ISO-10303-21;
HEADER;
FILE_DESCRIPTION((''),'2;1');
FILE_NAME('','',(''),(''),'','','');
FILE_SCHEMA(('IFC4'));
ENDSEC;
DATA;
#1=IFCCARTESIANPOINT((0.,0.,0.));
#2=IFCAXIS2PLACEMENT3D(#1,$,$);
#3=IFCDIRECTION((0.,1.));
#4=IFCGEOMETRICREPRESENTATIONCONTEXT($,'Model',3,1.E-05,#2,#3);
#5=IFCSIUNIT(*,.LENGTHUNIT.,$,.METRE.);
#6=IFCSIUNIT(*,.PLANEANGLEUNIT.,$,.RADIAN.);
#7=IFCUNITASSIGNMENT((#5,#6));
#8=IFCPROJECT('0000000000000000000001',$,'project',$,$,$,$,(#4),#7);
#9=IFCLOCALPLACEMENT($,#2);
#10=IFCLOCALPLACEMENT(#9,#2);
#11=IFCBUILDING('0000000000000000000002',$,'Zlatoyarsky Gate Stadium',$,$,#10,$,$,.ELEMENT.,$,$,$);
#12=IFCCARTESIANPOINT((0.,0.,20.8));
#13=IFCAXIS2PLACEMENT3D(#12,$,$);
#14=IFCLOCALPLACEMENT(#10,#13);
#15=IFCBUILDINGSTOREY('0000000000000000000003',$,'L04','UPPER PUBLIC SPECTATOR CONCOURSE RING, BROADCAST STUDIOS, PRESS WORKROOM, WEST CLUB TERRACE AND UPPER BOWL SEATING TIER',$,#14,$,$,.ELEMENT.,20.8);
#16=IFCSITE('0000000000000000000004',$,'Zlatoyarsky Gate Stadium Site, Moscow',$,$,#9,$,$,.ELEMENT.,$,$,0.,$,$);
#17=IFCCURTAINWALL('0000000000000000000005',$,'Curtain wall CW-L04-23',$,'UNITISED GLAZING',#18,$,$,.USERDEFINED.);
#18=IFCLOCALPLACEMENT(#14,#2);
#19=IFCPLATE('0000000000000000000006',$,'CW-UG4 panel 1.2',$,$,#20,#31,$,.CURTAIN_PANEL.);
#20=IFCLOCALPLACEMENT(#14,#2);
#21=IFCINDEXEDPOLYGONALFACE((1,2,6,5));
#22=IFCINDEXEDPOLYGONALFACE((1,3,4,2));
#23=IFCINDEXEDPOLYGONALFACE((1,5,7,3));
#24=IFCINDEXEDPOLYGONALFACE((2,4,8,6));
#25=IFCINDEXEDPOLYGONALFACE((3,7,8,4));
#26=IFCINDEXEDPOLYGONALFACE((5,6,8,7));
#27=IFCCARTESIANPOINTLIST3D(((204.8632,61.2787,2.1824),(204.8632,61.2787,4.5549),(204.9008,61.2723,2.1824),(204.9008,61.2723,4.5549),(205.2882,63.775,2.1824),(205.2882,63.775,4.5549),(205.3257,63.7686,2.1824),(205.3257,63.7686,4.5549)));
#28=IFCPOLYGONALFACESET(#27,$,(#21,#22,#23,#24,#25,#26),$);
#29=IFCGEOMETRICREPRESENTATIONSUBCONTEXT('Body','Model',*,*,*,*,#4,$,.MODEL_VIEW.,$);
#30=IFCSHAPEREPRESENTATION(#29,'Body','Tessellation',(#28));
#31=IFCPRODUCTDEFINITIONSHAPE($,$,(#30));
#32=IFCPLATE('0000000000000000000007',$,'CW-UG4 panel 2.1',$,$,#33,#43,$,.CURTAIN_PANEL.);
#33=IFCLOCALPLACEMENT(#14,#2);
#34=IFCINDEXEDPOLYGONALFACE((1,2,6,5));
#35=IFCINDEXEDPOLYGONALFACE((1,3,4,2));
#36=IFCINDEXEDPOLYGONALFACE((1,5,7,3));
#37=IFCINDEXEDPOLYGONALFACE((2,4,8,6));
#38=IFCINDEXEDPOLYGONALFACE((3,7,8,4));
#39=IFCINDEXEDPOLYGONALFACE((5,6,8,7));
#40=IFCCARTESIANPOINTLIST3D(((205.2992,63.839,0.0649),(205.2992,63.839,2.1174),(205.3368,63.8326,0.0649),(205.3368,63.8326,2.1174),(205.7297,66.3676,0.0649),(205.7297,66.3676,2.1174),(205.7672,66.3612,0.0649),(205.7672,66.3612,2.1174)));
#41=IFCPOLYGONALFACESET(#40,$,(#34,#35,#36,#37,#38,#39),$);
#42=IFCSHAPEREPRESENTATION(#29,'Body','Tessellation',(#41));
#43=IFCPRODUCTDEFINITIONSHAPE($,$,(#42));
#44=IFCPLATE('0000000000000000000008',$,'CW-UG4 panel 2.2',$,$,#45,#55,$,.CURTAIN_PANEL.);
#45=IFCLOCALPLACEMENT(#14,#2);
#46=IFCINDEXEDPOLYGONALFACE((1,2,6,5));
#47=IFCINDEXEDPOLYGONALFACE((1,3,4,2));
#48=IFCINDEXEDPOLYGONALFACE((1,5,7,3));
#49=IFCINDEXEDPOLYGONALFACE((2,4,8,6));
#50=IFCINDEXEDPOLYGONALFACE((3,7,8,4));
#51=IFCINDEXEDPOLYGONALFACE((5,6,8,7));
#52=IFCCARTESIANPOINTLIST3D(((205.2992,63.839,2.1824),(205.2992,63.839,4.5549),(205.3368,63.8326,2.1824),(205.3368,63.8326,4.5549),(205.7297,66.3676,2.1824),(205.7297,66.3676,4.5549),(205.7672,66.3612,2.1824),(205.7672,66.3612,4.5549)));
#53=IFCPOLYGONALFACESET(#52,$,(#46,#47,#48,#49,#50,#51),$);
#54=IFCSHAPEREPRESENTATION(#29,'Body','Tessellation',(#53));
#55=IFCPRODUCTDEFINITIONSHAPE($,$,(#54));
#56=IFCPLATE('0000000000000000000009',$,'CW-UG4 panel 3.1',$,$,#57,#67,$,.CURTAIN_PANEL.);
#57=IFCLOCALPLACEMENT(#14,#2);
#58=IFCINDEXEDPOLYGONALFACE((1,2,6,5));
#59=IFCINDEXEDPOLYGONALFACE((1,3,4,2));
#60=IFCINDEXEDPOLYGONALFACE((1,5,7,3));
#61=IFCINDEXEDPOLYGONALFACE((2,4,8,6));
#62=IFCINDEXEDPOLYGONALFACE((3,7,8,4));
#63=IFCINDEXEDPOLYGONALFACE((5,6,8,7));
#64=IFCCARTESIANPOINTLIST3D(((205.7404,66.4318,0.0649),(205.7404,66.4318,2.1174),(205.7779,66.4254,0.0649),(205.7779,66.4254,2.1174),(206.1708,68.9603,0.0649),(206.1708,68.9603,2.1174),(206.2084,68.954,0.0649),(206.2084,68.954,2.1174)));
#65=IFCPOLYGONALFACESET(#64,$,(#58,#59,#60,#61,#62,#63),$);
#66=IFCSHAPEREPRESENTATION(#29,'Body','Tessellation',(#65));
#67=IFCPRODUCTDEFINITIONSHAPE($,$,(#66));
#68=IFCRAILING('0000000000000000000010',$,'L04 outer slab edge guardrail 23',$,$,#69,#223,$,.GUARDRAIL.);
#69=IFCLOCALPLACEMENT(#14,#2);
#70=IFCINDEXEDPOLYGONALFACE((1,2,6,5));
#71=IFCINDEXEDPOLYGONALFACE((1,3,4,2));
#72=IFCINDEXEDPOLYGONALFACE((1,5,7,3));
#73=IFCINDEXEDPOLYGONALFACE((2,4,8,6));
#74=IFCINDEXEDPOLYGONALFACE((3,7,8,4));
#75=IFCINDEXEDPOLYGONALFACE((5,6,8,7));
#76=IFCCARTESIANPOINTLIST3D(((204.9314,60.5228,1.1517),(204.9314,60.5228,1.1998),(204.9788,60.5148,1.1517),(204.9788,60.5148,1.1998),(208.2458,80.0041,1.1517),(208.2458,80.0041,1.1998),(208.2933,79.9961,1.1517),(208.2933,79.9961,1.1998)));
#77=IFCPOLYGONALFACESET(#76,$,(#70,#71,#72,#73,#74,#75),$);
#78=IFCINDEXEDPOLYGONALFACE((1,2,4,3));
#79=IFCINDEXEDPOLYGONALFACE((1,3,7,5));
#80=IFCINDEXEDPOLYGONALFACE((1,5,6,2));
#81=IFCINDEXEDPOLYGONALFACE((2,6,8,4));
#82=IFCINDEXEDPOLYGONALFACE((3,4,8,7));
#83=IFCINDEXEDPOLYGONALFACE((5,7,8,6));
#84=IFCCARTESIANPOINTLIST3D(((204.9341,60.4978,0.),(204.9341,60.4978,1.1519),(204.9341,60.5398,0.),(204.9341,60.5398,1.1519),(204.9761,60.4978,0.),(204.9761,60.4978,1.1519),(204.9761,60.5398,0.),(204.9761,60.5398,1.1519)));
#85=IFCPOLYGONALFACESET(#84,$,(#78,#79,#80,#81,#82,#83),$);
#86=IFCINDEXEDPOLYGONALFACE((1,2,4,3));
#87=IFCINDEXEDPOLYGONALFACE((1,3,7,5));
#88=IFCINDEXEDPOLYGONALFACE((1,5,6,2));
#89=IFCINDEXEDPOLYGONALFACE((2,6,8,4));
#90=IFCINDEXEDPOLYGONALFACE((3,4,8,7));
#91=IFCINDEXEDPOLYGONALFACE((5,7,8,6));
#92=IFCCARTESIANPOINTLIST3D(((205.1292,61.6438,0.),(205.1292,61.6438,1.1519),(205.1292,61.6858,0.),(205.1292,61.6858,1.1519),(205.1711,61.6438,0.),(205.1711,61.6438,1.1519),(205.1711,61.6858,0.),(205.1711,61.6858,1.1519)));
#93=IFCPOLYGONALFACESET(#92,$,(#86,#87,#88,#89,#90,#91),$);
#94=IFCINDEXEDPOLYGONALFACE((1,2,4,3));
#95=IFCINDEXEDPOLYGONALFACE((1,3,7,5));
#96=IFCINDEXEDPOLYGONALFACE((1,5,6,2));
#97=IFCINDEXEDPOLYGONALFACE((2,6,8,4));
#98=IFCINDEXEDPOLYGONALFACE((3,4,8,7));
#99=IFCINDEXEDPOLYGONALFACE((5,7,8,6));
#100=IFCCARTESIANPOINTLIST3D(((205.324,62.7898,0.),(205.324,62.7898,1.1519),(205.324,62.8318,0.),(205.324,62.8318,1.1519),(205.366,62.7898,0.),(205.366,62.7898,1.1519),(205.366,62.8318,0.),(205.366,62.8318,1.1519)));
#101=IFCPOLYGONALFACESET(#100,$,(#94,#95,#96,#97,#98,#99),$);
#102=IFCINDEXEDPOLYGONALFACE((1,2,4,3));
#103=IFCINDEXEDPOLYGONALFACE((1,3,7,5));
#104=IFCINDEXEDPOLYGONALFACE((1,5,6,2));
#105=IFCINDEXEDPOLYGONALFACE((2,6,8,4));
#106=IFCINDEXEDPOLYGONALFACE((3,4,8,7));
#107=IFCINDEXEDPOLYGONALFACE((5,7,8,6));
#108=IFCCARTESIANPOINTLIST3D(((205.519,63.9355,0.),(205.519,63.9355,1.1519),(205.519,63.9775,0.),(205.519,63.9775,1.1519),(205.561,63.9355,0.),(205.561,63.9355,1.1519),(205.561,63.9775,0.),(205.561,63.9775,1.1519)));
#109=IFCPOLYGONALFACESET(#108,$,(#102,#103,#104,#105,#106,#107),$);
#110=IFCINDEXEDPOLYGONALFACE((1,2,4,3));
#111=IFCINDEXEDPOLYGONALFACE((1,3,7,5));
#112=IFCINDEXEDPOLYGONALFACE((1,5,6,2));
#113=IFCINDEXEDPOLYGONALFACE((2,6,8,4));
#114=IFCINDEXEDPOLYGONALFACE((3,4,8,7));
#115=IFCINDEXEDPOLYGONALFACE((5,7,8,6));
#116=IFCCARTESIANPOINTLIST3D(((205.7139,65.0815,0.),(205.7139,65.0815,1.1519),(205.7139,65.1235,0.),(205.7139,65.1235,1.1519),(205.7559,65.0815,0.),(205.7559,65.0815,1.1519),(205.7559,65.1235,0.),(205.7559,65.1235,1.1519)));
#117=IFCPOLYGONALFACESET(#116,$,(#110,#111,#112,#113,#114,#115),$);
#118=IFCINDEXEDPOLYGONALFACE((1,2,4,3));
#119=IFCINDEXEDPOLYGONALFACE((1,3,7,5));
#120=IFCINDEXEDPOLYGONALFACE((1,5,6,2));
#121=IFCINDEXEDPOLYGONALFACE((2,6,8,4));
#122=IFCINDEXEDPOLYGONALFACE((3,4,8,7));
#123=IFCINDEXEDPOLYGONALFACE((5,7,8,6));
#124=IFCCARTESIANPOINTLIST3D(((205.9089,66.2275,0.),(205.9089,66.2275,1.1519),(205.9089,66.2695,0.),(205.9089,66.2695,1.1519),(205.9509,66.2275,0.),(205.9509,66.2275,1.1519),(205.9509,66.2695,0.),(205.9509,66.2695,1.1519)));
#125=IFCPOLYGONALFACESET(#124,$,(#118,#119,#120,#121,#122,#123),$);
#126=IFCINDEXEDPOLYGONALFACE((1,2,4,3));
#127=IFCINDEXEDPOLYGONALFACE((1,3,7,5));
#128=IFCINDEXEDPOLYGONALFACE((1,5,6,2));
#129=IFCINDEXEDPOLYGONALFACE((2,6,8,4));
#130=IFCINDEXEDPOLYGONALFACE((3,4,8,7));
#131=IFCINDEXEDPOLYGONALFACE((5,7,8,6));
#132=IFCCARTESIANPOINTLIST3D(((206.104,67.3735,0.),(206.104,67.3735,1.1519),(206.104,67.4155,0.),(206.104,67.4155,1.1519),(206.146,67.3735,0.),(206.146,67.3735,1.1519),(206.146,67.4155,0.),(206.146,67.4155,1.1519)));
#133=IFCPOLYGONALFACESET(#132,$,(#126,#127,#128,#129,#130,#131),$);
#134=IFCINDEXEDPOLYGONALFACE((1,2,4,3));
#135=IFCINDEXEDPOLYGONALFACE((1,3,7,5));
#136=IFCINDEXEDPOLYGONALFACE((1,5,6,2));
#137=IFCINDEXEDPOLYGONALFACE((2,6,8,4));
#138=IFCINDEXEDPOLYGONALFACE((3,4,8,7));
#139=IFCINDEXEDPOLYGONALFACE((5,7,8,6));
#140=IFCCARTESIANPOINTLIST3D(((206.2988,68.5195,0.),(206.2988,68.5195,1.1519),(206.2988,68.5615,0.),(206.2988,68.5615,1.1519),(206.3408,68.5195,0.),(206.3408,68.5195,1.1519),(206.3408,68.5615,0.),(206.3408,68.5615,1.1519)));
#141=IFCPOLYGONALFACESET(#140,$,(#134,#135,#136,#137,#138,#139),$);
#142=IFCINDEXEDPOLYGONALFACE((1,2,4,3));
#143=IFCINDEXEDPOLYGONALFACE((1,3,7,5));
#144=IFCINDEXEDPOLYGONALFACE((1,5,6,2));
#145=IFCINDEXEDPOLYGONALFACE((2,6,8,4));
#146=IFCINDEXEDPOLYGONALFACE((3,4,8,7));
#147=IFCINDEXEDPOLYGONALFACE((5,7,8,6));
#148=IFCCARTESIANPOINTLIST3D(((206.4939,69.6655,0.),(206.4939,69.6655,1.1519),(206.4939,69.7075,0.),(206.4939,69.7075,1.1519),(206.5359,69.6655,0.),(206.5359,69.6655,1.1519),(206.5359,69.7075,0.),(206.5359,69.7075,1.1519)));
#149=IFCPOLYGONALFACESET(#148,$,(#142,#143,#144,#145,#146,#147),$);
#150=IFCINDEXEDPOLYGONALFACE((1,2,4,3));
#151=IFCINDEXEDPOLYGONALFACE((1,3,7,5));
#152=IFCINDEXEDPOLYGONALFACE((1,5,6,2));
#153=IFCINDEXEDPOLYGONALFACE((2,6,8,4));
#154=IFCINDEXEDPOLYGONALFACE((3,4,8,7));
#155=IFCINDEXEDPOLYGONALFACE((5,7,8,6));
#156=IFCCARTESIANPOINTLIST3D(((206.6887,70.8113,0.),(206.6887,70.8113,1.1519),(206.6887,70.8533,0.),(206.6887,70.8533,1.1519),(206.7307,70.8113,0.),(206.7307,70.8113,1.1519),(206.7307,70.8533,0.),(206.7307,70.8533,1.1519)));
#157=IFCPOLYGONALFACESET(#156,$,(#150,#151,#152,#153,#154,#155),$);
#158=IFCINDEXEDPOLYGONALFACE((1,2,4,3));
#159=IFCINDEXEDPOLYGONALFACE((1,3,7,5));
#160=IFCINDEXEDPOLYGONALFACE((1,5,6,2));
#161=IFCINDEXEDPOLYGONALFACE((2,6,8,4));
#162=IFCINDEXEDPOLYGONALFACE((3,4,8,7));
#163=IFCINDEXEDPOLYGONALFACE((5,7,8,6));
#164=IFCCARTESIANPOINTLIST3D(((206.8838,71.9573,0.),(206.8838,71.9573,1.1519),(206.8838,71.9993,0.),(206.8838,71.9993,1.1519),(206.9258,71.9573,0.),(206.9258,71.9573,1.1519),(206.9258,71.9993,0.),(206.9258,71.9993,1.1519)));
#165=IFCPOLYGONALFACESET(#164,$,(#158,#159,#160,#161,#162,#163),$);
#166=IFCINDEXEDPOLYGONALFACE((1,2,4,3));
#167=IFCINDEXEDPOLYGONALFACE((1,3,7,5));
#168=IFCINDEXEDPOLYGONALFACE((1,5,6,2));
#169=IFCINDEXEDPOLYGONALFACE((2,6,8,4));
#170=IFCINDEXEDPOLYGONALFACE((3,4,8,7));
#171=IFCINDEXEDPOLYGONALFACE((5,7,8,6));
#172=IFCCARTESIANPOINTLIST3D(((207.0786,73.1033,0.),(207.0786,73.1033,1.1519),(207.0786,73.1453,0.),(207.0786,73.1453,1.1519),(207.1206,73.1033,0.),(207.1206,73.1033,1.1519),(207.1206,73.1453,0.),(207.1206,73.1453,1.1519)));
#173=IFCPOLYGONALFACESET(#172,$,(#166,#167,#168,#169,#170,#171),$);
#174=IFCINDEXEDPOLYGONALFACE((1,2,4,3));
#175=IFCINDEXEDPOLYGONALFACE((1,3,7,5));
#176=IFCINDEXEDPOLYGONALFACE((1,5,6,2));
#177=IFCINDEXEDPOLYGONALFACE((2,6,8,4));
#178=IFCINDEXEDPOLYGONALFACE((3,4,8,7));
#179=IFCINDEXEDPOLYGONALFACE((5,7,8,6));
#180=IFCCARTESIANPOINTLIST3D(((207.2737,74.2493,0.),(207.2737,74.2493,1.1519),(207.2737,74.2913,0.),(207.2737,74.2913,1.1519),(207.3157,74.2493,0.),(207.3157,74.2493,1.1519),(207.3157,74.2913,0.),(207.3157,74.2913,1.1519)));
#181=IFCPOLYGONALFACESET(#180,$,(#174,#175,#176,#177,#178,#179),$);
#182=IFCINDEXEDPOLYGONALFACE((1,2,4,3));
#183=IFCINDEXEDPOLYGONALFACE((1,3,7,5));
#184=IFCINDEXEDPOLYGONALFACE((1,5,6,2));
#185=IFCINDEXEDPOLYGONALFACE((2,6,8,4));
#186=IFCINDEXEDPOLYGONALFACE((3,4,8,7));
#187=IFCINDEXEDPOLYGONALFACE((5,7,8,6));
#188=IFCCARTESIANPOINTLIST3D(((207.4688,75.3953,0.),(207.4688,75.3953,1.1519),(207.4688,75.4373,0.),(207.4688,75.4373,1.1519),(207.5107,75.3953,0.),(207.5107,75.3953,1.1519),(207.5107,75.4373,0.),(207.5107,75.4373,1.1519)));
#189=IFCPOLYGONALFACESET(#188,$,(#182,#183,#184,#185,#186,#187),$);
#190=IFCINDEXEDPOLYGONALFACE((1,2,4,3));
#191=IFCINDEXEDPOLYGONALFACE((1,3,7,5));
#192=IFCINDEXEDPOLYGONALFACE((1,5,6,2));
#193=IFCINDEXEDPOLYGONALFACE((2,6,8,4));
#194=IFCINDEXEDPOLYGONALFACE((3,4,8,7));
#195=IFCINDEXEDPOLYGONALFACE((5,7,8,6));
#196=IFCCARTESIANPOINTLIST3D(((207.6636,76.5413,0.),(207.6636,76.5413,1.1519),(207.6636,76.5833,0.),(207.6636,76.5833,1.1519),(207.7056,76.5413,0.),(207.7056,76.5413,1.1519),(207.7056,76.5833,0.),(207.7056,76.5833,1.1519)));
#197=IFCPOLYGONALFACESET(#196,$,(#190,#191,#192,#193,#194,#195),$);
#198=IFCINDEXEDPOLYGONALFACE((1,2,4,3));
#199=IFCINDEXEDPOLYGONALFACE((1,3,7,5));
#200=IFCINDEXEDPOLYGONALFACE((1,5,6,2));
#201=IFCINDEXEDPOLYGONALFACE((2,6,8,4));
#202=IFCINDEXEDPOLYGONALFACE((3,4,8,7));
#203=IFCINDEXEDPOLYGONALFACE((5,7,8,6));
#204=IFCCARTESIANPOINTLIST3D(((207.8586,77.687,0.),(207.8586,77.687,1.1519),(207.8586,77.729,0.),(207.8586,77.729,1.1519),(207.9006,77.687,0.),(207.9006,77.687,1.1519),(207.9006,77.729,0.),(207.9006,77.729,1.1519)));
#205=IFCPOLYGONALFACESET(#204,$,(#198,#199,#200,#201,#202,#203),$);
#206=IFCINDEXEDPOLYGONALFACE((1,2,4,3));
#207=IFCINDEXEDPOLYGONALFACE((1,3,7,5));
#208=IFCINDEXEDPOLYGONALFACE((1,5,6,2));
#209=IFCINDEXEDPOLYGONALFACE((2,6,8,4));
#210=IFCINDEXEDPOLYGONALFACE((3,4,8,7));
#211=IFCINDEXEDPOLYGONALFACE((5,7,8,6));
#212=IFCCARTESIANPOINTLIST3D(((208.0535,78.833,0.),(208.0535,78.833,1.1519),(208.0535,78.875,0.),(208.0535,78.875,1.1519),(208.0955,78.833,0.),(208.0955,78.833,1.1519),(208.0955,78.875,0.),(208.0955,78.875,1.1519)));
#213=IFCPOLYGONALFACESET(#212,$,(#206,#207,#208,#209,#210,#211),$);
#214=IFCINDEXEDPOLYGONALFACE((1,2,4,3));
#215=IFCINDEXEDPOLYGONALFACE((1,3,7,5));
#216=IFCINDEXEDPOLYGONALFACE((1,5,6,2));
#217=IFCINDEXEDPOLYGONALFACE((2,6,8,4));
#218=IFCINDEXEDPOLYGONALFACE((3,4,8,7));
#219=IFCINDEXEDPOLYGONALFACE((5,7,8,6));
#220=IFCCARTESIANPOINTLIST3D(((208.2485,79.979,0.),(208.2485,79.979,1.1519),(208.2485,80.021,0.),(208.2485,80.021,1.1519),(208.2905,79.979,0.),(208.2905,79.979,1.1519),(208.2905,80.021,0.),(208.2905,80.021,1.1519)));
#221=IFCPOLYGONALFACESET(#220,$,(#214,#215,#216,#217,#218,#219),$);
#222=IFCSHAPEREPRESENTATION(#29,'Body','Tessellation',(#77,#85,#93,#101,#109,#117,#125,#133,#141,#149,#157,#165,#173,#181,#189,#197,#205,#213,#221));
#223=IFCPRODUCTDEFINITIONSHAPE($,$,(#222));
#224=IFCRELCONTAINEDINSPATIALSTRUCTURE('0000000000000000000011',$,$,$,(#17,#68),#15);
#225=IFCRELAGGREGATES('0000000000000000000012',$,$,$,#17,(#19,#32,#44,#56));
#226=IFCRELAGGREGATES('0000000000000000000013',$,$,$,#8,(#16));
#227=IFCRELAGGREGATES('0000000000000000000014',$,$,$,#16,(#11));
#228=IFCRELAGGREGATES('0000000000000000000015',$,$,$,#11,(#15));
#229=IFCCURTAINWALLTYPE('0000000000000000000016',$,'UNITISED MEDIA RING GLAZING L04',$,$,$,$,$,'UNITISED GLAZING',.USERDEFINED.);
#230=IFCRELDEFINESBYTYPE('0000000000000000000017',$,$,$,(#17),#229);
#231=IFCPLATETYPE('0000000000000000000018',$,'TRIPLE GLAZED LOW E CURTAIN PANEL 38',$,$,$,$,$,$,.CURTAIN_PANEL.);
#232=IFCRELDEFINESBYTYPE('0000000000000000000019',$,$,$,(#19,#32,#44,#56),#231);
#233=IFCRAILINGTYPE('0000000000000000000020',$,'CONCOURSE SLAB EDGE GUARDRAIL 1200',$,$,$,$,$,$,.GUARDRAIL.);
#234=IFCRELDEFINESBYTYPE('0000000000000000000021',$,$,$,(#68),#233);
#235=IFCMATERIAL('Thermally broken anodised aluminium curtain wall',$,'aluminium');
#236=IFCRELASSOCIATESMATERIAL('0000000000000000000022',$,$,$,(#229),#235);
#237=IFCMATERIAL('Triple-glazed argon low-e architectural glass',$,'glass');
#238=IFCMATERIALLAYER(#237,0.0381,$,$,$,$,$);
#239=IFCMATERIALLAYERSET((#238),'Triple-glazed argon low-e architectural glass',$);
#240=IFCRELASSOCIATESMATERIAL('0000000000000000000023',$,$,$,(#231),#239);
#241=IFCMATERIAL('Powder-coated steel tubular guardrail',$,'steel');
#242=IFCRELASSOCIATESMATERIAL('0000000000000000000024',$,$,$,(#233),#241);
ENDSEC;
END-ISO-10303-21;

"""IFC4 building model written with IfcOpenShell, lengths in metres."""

from ifc_helpers import new_model, si_unit, direction, frame, origin, origin_2d, place, context, subcontext, project, spatial, rectangle, extrude, material, layer, layer_set, type_object, element, aggregate, save


model = new_model("IFC4")

# Units and contexts
model_context = context("Model", 3, precision=1e-05, world=origin(), true_north=direction((0.0, 1.0)))
body_context = subcontext(model_context, "Body", "Model", "MODEL_VIEW")
ifc_project = project(units=[si_unit("LENGTHUNIT", "METRE"), si_unit("PLANEANGLEUNIT", "RADIAN")], contexts=[model_context])

# Site, building, storey
site_placement = place(None, origin())
site = spatial("IfcSite", under=ifc_project, at=site_placement, Name="Zlatoyarsky Gate Stadium Site, Moscow", CompositionType="ELEMENT", RefElevation=0.0)
building_placement = place(site_placement, origin())
building = spatial("IfcBuilding", under=site, at=building_placement, Name="Zlatoyarsky Gate Stadium", CompositionType="ELEMENT")
storey_placement = place(building_placement, frame((0.0, 0.0, 20.8)))
storey = spatial("IfcBuildingStorey", under=building, at=storey_placement, Name="L04", Description="UPPER PUBLIC SPECTATOR CONCOURSE RING, BROADCAST STUDIOS, PRESS WORKROOM, WEST CLUB TERRACE AND UPPER BOWL SEATING TIER", CompositionType="ELEMENT", Elevation=20.8)

# Curtain wall
ifc_material_1 = material(Name="Thermally broken anodised aluminium curtain wall", Category="aluminium")
curtain_wall_type = type_object("IfcCurtainWallType", Name="UNITISED MEDIA RING GLAZING L04", ElementType="UNITISED GLAZING", PredefinedType="USERDEFINED", material=ifc_material_1)
curtain_wall_1_placement = place(storey_placement, origin())
curtain_wall_1 = element("IfcCurtainWall", 1, at=curtain_wall_1_placement, inside=storey, type_object=curtain_wall_type, Name="Curtain wall CW-L04-23", ObjectType="UNITISED GLAZING", PredefinedType="USERDEFINED")

# Plates
ifc_material_2 = material(Name="Triple-glazed argon low-e architectural glass", Category="glass")
ifc_layer_1 = layer(ifc_material_2, 0.0381)
ifc_layer_set_1 = layer_set([ifc_layer_1], Name="Triple-glazed argon low-e architectural glass")
plate_type_1 = type_object("IfcPlateType", Name="TRIPLE GLAZED LOW E CURTAIN PANEL 38", PredefinedType="CURTAIN_PANEL", material=ifc_layer_set_1)
plate_1_placement = place(storey_placement, frame((205.0945, 62.5237, 2.1824), z_axis=(0.0, 0.0, 1.0), x_axis=(0.167821, 0.985817, 0.0)))
plate_1 = element("IfcPlate", 2, at=plate_1_placement, type_object=plate_type_1, Name="CW-UG4 panel 1.2", PredefinedType="CURTAIN_PANEL", context=body_context, shape_type="SweptSolid", body=[
    extrude(rectangle(XDim=2.5322, YDim=0.0381, at=origin_2d()), origin(), (0.0, 0.0, 1.0), 2.3726),
])
plate_2_placement = place(storey_placement, frame((205.5332, 65.1001, 0.0649), z_axis=(0.0, 0.0, 1.0), x_axis=(0.167821, 0.985817, 0.0)))
plate_2 = element("IfcPlate", 3, at=plate_2_placement, type_object=plate_type_1, Name="CW-UG4 panel 2.1", PredefinedType="CURTAIN_PANEL", context=body_context, shape_type="SweptSolid", body=[
    extrude(rectangle(XDim=2.5649, YDim=0.0381, at=origin_2d()), origin(), (0.0, 0.0, 1.0), 2.0525),
])
plate_3_placement = place(storey_placement, frame((205.5332, 65.1001, 2.1824), z_axis=(0.0, 0.0, 1.0), x_axis=(0.167821, 0.985817, 0.0)))
plate_3 = element("IfcPlate", 4, at=plate_3_placement, type_object=plate_type_1, Name="CW-UG4 panel 2.2", PredefinedType="CURTAIN_PANEL", context=body_context, shape_type="SweptSolid", body=[
    extrude(rectangle(XDim=2.5649, YDim=0.0381, at=origin_2d()), origin(), (0.0, 0.0, 1.0), 2.3726),
])
plate_4_placement = place(storey_placement, frame((205.9744, 67.6929, 0.0649), z_axis=(0.0, 0.0, 1.0), x_axis=(0.167821, 0.985817, 0.0)))
plate_4 = element("IfcPlate", 5, at=plate_4_placement, type_object=plate_type_1, Name="CW-UG4 panel 3.1", PredefinedType="CURTAIN_PANEL", context=body_context, shape_type="SweptSolid", body=[
    extrude(rectangle(XDim=2.5649, YDim=0.0381, at=origin_2d()), origin(), (0.0, 0.0, 1.0), 2.0525),
])
aggregate(curtain_wall_1, [plate_1, plate_2, plate_3, plate_4])

# Railing
ifc_material_3 = material(Name="Powder-coated steel tubular guardrail", Category="steel")
railing_type = type_object("IfcRailingType", Name="CONCOURSE SLAB EDGE GUARDRAIL 1200", PredefinedType="GUARDRAIL", material=ifc_material_3)
railing_placement = place(storey_placement, frame((204.9551, 60.5188, 0.0)))
element("IfcRailing", 6, at=railing_placement, inside=storey, type_object=railing_type, Name="L04 outer slab edge guardrail 23", PredefinedType="GUARDRAIL", context=body_context, shape_type="SweptSolid", body=[
    extrude(rectangle(XDim=0.0481, YDim=0.0481, at=origin_2d()), frame((0.0, 0.0, 1.1758), z_axis=(0.167726, 0.985834, 0.0), x_axis=(-0.985834, 0.167726, 0.0)), (0.0, 0.0, 1.0), 19.7612),
    extrude(rectangle(XDim=0.042, YDim=0.042, at=origin_2d()), origin(), (0.0, 0.0, 1.0), 1.1519),
    extrude(rectangle(XDim=0.042, YDim=0.042, at=origin_2d()), frame((0.1951, 1.146, 0.0)), (0.0, 0.0, 1.0), 1.1519),
    extrude(rectangle(XDim=0.042, YDim=0.042, at=origin_2d()), frame((0.3899, 2.292, 0.0)), (0.0, 0.0, 1.0), 1.1519),
    extrude(rectangle(XDim=0.042, YDim=0.042, at=origin_2d()), frame((0.585, 3.4377, 0.0)), (0.0, 0.0, 1.0), 1.1519),
    extrude(rectangle(XDim=0.042, YDim=0.042, at=origin_2d()), frame((0.7798, 4.5837, 0.0)), (0.0, 0.0, 1.0), 1.1519),
    extrude(rectangle(XDim=0.042, YDim=0.042, at=origin_2d()), frame((0.9749, 5.7297, 0.0)), (0.0, 0.0, 1.0), 1.1519),
    extrude(rectangle(XDim=0.042, YDim=0.042, at=origin_2d()), frame((1.1699, 6.8757, 0.0)), (0.0, 0.0, 1.0), 1.1519),
    extrude(rectangle(XDim=0.042, YDim=0.042, at=origin_2d()), frame((1.3647, 8.0217, 0.0)), (0.0, 0.0, 1.0), 1.1519),
    extrude(rectangle(XDim=0.042, YDim=0.042, at=origin_2d()), frame((1.5598, 9.1677, 0.0)), (0.0, 0.0, 1.0), 1.1519),
    extrude(rectangle(XDim=0.042, YDim=0.042, at=origin_2d()), frame((1.7546, 10.3135, 0.0)), (0.0, 0.0, 1.0), 1.1519),
    extrude(rectangle(XDim=0.042, YDim=0.042, at=origin_2d()), frame((1.9497, 11.4595, 0.0)), (0.0, 0.0, 1.0), 1.1519),
    extrude(rectangle(XDim=0.042, YDim=0.042, at=origin_2d()), frame((2.1445, 12.6055, 0.0)), (0.0, 0.0, 1.0), 1.1519),
    extrude(rectangle(XDim=0.042, YDim=0.042, at=origin_2d()), frame((2.3396, 13.7515, 0.0)), (0.0, 0.0, 1.0), 1.1519),
    extrude(rectangle(XDim=0.042, YDim=0.042, at=origin_2d()), frame((2.5347, 14.8975, 0.0)), (0.0, 0.0, 1.0), 1.1519),
    extrude(rectangle(XDim=0.042, YDim=0.042, at=origin_2d()), frame((2.7295, 16.0435, 0.0)), (0.0, 0.0, 1.0), 1.1519),
    extrude(rectangle(XDim=0.042, YDim=0.042, at=origin_2d()), frame((2.9246, 17.1892, 0.0)), (0.0, 0.0, 1.0), 1.1519),
    extrude(rectangle(XDim=0.042, YDim=0.042, at=origin_2d()), frame((3.1194, 18.3352, 0.0)), (0.0, 0.0, 1.0), 1.1519),
    extrude(rectangle(XDim=0.042, YDim=0.042, at=origin_2d()), frame((3.3145, 19.4812, 0.0)), (0.0, 0.0, 1.0), 1.1519),
])

save(model, "model.ifc")
